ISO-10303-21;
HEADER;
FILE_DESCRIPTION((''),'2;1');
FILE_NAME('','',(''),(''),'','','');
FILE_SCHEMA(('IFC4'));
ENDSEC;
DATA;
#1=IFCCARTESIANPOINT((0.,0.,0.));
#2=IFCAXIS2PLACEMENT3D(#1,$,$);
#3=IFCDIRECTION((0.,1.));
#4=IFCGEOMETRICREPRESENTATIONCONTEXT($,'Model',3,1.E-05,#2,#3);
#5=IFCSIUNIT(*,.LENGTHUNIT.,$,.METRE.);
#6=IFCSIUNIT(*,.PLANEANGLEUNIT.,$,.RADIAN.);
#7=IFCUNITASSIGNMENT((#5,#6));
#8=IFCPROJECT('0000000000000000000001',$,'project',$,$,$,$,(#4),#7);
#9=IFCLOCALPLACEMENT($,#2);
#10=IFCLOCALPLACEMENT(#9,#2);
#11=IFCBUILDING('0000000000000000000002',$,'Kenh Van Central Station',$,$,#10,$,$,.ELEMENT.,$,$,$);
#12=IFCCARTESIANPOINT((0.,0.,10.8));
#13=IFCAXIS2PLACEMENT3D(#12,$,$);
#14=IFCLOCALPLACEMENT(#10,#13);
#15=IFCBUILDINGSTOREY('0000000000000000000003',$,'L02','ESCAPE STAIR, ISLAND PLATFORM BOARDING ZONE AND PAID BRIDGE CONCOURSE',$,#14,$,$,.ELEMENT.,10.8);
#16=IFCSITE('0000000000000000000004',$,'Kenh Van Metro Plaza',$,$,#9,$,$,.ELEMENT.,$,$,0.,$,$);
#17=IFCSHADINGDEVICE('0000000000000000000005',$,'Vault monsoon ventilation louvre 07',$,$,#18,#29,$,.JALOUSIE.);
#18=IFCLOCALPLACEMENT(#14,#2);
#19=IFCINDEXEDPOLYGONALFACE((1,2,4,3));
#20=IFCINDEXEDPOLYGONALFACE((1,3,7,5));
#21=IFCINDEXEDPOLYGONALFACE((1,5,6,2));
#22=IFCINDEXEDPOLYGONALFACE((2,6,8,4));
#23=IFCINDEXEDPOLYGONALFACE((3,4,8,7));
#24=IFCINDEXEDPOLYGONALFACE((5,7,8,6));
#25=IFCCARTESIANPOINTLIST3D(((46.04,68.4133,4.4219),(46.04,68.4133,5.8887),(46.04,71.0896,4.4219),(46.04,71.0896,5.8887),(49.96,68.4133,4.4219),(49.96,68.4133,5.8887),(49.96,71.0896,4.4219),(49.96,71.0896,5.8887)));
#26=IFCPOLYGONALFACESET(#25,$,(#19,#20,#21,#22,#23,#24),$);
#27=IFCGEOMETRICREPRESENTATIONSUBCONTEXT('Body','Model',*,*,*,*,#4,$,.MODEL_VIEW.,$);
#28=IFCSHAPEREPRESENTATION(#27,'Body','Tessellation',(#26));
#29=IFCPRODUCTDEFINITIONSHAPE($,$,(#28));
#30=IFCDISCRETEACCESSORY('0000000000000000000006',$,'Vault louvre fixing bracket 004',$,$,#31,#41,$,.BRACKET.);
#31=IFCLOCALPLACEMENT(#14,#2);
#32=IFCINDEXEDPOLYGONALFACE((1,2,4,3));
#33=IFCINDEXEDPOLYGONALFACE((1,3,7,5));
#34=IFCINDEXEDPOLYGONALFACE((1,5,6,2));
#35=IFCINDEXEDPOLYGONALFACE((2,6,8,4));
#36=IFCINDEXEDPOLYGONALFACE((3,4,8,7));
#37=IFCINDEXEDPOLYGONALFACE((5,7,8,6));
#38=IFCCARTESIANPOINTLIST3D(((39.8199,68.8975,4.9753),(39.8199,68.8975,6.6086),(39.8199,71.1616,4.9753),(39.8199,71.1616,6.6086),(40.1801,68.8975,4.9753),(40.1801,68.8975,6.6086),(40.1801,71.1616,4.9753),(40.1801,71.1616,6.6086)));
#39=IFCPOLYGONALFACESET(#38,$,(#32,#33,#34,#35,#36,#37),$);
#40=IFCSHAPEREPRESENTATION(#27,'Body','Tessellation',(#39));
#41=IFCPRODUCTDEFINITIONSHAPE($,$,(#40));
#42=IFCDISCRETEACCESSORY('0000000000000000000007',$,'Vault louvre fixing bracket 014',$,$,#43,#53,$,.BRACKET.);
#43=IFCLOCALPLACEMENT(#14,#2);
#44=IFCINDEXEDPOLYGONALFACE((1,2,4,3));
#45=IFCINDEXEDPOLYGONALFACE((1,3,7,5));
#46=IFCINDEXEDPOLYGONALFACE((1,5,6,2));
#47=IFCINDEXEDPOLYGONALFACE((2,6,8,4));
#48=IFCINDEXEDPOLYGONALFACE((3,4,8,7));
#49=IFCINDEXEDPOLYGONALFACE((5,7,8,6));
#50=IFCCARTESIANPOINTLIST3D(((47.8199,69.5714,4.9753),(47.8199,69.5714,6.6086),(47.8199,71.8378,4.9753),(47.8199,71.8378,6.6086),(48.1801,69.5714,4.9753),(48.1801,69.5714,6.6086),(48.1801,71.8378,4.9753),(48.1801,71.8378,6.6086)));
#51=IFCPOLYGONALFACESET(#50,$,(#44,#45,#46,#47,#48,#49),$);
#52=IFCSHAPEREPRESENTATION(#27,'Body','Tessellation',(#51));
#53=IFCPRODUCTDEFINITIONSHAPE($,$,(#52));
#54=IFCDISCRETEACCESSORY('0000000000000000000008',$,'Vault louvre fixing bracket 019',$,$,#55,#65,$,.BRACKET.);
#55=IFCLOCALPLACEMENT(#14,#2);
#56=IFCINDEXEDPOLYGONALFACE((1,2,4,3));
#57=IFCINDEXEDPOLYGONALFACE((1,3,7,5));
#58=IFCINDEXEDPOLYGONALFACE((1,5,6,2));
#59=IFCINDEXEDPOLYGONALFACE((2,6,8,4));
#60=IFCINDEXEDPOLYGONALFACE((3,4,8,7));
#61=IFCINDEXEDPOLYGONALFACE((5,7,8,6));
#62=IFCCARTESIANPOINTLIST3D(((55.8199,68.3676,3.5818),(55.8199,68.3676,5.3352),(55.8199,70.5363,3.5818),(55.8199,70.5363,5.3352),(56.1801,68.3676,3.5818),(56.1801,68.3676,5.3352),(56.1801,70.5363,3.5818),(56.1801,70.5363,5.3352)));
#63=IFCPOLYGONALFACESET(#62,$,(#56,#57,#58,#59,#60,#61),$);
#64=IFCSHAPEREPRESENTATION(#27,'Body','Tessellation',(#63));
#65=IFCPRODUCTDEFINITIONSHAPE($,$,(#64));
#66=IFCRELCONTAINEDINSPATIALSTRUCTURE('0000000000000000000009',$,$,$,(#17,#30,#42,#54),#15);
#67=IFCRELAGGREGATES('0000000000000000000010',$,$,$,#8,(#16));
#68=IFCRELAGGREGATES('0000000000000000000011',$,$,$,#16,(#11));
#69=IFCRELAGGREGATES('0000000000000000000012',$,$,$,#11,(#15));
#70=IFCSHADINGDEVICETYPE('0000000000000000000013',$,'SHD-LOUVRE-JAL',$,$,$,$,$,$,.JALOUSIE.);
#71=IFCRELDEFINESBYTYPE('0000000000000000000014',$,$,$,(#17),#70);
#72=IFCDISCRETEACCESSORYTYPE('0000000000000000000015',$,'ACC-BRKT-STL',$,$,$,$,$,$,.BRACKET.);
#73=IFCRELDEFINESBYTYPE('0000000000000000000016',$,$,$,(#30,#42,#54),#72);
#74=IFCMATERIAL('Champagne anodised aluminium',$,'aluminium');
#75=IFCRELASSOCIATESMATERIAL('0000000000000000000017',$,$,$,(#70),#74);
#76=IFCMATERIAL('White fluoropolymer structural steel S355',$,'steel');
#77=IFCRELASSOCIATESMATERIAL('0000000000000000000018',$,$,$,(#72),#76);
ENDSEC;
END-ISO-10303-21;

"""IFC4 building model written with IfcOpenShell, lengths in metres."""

from ifc_helpers import new_model, si_unit, direction, frame, origin, origin_2d, place, context, subcontext, project, spatial, rectangle, extrude, material, type_object, element, save


model = new_model("IFC4")

# Units and contexts
model_context = context("Model", 3, precision=1e-05, world=origin(), true_north=direction((0.0, 1.0)))
body_context = subcontext(model_context, "Body", "Model", "MODEL_VIEW")
ifc_project = project(units=[si_unit("LENGTHUNIT", "METRE"), si_unit("PLANEANGLEUNIT", "RADIAN")], contexts=[model_context])

# Site, building, storey
site_placement = place(None, origin())
site = spatial("IfcSite", under=ifc_project, at=site_placement, Name="Kenh Van Metro Plaza", CompositionType="ELEMENT", RefElevation=0.0)
building_placement = place(site_placement, origin())
building = spatial("IfcBuilding", under=site, at=building_placement, Name="Kenh Van Central Station", CompositionType="ELEMENT")
storey_placement = place(building_placement, frame((0.0, 0.0, 10.8)))
storey = spatial("IfcBuildingStorey", under=building, at=storey_placement, Name="L02", Description="ESCAPE STAIR, ISLAND PLATFORM BOARDING ZONE AND PAID BRIDGE CONCOURSE", CompositionType="ELEMENT", Elevation=10.8)

# Shared definitions
ifc_material_1 = material(Name="White fluoropolymer structural steel S355", Category="steel")

# Shared definitions
ifc_material_2 = material(Name="Champagne anodised aluminium", Category="aluminium")

# Shading device
shading_device_type = type_object("IfcShadingDeviceType", Name="SHD-LOUVRE-JAL", PredefinedType="JALOUSIE", material=ifc_material_2)
shading_device_placement = place(storey_placement, frame((48.0, 69.7515, 4.4219), z_axis=(0.0, 0.0, 1.0), x_axis=(1.0, 0.0, 0.0)))
element("IfcShadingDevice", 1, at=shading_device_placement, inside=storey, type_object=shading_device_type, Name="Vault monsoon ventilation louvre 07", PredefinedType="JALOUSIE", context=body_context, shape_type="SweptSolid", body=[
    extrude(rectangle(XDim=3.9199, YDim=2.6763, at=origin_2d()), origin(), (0.0, 0.0, 1.0), 1.4668),
])

# Discrete accessories
discrete_accessory_type = type_object("IfcDiscreteAccessoryType", Name="ACC-BRKT-STL", PredefinedType="BRACKET", material=ifc_material_1)
discrete_accessory_1_placement = place(storey_placement, frame((40.0, 70.0295, 4.9753), z_axis=(0.0, 0.0, 1.0), x_axis=(1.0, 0.0, 0.0)))
element("IfcDiscreteAccessory", 2, at=discrete_accessory_1_placement, inside=storey, type_object=discrete_accessory_type, Name="Vault louvre fixing bracket 004", PredefinedType="BRACKET", context=body_context, shape_type="SweptSolid", body=[
    extrude(rectangle(XDim=0.3601, YDim=2.2642, at=origin_2d()), origin(), (0.0, 0.0, 1.0), 1.6333),
])
discrete_accessory_2_placement = place(storey_placement, frame((48.0, 70.7046, 4.9753), z_axis=(0.0, 0.0, 1.0), x_axis=(1.0, 0.0, 0.0)))
element("IfcDiscreteAccessory", 3, at=discrete_accessory_2_placement, inside=storey, type_object=discrete_accessory_type, Name="Vault louvre fixing bracket 014", PredefinedType="BRACKET", context=body_context, shape_type="SweptSolid", body=[
    extrude(rectangle(XDim=0.3601, YDim=2.2664, at=origin_2d()), origin(), (0.0, 0.0, 1.0), 1.6333),
])
discrete_accessory_3_placement = place(storey_placement, frame((56.0, 69.4519, 3.5818), z_axis=(0.0, 0.0, 1.0), x_axis=(1.0, 0.0, 0.0)))
element("IfcDiscreteAccessory", 4, at=discrete_accessory_3_placement, inside=storey, type_object=discrete_accessory_type, Name="Vault louvre fixing bracket 019", PredefinedType="BRACKET", context=body_context, shape_type="SweptSolid", body=[
    extrude(rectangle(XDim=0.3601, YDim=2.1687, at=origin_2d()), origin(), (0.0, 0.0, 1.0), 1.7534),
])

save(model, "model.ifc")
